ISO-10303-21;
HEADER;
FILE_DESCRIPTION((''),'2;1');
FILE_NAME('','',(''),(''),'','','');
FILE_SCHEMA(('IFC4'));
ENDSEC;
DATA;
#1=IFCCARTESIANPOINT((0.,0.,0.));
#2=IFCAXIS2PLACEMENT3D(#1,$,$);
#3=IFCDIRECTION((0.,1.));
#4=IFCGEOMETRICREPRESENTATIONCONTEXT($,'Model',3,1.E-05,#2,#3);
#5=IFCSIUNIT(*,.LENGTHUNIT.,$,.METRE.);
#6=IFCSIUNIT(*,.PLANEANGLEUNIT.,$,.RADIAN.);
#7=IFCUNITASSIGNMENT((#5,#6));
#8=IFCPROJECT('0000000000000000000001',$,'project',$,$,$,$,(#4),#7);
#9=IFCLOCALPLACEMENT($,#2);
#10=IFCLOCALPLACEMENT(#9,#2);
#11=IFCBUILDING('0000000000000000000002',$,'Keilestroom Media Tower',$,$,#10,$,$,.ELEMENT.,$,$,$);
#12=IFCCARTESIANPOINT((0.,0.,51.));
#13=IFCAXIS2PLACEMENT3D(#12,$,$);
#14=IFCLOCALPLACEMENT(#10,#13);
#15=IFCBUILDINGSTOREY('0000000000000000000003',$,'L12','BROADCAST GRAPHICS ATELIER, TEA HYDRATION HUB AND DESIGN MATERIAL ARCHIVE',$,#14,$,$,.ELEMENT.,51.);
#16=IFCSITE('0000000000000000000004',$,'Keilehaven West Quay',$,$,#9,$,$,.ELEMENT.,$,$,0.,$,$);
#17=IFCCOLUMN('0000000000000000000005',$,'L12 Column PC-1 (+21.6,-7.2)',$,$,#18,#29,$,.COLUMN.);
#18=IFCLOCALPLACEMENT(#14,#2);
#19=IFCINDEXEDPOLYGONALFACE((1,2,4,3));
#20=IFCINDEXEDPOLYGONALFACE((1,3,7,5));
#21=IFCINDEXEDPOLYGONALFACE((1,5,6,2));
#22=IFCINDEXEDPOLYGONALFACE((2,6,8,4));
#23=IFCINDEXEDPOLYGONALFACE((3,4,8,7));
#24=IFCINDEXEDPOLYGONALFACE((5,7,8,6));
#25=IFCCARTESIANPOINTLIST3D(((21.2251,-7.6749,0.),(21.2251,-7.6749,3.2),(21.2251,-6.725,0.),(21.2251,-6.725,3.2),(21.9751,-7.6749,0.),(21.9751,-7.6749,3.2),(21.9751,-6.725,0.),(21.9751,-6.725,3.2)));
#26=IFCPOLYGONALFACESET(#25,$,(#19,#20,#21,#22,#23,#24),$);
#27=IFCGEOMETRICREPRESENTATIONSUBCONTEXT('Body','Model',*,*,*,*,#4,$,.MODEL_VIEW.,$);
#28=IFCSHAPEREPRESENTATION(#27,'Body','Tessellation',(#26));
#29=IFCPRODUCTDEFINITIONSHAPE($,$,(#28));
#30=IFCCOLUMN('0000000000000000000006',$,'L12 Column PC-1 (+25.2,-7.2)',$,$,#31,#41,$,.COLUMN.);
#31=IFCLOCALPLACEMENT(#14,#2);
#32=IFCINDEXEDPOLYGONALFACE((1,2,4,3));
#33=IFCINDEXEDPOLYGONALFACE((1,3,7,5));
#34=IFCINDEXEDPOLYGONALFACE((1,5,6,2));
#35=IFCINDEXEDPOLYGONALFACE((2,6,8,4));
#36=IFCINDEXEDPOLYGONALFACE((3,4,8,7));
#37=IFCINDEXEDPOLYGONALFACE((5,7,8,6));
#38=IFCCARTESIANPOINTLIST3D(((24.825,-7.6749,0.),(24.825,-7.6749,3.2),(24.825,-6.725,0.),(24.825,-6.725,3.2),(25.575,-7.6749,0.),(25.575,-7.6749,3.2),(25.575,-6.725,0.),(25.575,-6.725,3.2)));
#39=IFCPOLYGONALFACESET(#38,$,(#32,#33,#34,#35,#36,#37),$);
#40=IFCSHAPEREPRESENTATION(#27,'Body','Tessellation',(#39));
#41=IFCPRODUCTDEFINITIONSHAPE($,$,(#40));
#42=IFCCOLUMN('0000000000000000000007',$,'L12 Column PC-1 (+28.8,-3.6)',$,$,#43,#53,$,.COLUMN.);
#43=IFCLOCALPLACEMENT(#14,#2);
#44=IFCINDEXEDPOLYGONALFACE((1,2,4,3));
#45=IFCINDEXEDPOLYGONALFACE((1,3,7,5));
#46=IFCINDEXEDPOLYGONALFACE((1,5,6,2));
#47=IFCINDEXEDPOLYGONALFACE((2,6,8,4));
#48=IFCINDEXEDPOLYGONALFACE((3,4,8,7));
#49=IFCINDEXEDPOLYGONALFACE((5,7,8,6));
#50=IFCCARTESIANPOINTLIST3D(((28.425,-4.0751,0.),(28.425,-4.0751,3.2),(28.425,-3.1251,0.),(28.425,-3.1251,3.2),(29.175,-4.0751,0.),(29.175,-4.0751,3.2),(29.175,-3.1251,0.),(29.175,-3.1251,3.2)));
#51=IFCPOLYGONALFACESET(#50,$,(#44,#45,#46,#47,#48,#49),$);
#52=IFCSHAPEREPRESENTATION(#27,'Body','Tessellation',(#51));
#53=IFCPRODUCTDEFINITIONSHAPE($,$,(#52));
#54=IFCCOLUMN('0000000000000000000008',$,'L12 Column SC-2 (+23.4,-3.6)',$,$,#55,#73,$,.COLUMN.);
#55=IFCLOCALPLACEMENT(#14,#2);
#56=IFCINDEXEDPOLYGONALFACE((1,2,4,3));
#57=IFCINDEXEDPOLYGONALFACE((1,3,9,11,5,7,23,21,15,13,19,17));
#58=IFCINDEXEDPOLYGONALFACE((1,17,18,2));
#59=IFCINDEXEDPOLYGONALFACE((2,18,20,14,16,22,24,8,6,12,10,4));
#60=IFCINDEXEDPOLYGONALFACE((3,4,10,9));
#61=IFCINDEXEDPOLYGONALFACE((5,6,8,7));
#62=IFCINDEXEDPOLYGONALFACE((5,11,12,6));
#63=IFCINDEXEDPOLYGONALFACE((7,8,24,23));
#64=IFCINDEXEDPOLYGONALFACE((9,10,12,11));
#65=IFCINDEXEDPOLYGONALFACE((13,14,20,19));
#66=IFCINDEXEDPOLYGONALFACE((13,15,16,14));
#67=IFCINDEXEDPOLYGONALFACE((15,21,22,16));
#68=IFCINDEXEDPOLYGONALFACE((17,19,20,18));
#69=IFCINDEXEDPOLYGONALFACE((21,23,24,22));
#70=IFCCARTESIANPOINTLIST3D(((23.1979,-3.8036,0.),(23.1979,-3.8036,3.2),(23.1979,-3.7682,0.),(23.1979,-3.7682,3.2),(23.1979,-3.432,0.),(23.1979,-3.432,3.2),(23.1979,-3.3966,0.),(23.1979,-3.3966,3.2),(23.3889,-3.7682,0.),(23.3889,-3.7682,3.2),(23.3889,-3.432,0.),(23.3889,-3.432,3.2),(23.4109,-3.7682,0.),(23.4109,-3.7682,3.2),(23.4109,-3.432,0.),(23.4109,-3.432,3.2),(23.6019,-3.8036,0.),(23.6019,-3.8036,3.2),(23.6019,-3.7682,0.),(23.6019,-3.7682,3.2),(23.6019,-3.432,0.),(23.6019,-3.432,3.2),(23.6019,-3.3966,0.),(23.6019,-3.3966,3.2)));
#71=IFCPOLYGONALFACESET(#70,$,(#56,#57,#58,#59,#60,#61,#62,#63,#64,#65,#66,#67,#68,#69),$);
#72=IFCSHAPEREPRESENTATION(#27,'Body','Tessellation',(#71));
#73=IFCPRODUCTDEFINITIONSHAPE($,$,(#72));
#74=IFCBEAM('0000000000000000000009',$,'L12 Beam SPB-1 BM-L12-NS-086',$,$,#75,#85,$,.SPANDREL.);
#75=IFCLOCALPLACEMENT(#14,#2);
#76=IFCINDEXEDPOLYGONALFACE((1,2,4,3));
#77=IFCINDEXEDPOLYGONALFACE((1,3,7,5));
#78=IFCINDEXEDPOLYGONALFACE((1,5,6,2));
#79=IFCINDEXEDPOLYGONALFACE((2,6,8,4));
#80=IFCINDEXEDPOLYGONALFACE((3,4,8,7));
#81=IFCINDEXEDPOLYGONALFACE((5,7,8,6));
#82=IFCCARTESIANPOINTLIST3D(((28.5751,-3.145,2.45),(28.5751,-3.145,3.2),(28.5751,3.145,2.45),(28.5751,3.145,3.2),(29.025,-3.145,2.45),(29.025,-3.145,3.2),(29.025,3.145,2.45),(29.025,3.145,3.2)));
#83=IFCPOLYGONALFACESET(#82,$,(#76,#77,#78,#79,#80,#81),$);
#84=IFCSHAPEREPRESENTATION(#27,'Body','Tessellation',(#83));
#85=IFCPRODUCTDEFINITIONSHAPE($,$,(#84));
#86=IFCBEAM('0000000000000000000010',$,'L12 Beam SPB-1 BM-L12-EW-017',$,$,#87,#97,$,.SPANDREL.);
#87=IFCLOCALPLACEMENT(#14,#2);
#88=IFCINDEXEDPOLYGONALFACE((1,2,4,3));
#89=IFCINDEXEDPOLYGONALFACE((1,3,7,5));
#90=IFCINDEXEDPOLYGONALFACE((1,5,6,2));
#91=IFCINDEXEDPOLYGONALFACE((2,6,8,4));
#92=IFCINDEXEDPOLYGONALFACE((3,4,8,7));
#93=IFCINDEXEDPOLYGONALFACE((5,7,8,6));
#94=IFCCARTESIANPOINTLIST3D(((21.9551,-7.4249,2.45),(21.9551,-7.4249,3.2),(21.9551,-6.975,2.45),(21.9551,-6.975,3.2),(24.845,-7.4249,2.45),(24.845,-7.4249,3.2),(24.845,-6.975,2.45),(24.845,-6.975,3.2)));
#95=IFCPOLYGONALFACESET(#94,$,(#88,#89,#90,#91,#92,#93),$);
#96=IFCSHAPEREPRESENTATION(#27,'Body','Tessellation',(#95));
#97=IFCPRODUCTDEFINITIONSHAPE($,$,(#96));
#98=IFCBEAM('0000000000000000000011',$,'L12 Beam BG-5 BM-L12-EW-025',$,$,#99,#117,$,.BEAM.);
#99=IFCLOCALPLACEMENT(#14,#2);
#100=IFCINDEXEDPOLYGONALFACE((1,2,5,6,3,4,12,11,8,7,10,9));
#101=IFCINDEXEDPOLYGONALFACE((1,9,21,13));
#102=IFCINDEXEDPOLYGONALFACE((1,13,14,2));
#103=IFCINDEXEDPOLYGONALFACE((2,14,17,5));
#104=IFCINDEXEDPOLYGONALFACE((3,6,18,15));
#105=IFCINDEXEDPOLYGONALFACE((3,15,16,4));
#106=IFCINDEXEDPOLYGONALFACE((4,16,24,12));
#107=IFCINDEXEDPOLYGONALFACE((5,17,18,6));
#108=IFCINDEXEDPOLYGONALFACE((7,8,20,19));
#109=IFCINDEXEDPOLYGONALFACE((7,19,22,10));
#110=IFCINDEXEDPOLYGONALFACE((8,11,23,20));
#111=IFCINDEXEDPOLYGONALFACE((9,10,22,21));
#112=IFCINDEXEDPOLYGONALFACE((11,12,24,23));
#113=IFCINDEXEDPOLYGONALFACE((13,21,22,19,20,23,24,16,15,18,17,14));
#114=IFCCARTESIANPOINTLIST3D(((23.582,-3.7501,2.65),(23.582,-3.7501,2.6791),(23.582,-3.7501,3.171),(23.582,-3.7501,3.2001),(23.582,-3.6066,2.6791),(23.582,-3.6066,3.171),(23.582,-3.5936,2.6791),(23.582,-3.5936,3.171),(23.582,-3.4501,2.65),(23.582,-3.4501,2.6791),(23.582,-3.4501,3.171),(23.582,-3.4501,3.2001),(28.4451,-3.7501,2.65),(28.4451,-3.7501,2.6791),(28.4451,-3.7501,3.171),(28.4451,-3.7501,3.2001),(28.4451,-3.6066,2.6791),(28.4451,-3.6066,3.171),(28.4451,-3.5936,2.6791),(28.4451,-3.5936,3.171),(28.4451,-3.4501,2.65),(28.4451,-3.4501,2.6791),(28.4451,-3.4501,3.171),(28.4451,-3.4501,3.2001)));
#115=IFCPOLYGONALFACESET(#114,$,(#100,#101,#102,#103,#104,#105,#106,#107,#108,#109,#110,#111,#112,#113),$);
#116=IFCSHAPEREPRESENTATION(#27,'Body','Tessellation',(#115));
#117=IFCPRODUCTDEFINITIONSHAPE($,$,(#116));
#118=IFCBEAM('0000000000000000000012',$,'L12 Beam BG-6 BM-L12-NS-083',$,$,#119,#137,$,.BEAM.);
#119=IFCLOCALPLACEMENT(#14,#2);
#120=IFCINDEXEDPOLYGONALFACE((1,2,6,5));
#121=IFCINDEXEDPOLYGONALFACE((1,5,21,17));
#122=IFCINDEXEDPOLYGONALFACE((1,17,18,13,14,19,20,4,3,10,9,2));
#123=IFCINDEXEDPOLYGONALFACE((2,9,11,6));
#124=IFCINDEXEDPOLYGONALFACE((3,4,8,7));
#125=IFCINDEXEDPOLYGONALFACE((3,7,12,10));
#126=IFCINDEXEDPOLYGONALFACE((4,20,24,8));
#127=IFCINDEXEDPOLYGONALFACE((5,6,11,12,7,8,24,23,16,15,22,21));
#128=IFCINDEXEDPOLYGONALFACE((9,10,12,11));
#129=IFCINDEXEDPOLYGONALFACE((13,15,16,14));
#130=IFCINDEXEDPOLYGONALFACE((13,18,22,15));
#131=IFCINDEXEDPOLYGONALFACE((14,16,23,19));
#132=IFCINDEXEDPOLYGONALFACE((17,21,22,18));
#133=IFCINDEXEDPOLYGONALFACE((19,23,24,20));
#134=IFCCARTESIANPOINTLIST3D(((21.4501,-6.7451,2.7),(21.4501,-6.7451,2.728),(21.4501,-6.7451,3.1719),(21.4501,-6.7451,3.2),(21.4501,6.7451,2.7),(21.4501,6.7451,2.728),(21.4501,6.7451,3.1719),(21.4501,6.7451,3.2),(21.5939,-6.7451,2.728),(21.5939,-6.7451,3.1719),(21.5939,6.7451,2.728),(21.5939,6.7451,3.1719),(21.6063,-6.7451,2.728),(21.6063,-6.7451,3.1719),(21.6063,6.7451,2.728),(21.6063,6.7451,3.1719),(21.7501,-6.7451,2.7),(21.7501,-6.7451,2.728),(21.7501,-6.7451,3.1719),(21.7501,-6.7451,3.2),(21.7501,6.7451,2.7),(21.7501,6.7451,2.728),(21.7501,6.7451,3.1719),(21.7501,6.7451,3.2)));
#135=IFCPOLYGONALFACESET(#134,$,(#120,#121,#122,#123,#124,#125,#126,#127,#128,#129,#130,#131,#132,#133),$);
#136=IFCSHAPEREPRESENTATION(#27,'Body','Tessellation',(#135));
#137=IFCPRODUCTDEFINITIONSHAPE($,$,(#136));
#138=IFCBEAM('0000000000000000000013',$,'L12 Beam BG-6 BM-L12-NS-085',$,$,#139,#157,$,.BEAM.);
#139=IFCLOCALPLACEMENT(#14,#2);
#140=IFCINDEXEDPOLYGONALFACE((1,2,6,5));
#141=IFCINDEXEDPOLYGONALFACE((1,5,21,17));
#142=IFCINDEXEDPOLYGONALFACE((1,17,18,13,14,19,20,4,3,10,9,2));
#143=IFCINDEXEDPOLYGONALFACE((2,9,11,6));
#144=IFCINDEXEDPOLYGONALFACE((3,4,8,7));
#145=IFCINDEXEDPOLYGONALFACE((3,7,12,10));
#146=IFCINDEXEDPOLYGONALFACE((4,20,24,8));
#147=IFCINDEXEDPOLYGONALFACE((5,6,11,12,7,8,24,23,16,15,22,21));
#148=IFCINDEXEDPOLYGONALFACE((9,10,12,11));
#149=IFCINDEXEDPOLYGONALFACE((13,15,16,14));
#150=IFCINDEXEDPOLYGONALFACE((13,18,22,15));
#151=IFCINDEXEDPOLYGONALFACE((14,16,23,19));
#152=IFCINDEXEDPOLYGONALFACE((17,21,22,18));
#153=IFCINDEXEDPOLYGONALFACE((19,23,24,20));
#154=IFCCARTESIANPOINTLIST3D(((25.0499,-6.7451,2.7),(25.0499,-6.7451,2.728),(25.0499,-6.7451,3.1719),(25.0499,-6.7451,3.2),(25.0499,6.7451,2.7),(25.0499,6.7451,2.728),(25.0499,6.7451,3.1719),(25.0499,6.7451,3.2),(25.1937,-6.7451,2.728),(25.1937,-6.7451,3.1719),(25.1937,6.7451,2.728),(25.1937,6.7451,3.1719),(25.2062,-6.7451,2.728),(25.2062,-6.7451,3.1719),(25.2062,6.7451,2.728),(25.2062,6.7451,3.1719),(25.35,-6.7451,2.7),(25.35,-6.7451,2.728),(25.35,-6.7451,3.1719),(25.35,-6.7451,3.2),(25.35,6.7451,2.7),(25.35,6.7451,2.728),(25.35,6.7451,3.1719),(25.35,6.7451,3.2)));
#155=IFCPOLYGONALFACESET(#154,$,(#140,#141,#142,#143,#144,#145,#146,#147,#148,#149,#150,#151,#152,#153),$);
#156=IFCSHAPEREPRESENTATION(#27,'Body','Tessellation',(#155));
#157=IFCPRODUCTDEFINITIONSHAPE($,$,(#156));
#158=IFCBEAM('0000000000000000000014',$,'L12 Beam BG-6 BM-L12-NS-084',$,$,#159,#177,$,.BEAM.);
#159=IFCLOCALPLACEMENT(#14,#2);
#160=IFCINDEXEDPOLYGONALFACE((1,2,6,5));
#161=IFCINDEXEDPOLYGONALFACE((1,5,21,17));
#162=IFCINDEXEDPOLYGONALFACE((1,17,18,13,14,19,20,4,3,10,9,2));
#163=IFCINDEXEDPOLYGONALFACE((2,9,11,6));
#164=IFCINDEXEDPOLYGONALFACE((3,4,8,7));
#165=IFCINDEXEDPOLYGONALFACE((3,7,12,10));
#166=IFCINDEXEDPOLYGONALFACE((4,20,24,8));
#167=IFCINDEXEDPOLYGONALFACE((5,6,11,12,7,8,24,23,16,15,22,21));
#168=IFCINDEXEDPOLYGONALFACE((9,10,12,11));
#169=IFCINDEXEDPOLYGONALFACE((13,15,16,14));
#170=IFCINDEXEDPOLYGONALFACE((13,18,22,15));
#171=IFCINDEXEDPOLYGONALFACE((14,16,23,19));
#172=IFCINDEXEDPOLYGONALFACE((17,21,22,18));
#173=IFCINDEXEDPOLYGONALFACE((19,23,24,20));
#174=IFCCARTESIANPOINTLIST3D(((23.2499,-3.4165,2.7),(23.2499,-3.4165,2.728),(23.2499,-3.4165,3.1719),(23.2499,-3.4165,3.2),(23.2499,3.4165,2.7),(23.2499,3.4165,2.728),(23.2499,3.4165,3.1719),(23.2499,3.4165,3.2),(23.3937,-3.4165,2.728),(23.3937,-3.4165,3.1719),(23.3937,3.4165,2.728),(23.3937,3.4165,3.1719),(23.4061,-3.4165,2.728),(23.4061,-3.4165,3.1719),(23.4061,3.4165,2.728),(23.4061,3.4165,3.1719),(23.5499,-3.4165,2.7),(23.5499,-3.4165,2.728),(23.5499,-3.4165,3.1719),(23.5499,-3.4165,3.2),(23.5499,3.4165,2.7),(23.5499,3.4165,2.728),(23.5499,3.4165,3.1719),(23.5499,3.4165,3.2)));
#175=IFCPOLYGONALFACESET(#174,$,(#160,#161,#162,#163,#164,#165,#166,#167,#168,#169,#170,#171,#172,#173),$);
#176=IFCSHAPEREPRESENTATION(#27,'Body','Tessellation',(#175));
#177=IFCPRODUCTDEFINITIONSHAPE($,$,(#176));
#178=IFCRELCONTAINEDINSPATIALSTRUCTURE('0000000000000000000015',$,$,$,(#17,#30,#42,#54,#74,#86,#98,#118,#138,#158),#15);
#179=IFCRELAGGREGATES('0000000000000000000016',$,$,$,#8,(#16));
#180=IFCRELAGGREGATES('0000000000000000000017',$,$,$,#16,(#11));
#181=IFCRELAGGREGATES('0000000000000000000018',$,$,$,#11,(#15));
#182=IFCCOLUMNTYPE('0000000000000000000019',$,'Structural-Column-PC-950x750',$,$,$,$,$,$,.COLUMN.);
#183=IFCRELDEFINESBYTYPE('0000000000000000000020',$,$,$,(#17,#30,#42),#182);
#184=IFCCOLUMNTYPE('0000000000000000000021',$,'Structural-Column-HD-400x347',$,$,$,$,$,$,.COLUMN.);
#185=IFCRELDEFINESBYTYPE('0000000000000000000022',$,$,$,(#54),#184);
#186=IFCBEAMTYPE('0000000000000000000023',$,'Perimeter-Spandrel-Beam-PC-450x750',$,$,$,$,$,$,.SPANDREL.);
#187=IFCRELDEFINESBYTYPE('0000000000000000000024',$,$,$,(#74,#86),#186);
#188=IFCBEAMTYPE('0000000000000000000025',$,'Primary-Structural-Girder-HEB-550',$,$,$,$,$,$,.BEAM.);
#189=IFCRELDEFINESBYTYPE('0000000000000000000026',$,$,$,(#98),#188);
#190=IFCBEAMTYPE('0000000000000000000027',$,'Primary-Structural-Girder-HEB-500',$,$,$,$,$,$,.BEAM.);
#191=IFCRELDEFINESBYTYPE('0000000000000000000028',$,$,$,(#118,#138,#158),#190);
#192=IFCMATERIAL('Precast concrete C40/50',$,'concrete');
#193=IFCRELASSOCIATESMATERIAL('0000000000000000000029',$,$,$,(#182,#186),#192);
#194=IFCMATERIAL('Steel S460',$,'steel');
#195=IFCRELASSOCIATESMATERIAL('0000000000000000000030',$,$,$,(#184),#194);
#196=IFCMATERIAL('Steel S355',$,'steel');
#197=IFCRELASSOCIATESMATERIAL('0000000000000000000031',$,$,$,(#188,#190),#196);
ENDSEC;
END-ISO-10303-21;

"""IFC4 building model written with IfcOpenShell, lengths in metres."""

from ifc_helpers import new_model, si_unit, direction, frame, origin, origin_2d, place, context, subcontext, project, spatial, rectangle, i_section, extrude, source, transform, mapped, material, material_profile, profile_set, type_object, element, save


model = new_model("IFC4")

# Units and contexts
model_context = context("Model", 3, precision=1e-05, world=origin(), true_north=direction((0.0, 1.0)))
body_context = subcontext(model_context, "Body", "Model", "MODEL_VIEW")
ifc_project = project(units=[si_unit("LENGTHUNIT", "METRE"), si_unit("PLANEANGLEUNIT", "RADIAN")], contexts=[model_context])

# Site, building, storey
site_placement = place(None, origin())
site = spatial("IfcSite", under=ifc_project, at=site_placement, Name="Keilehaven West Quay", CompositionType="ELEMENT", RefElevation=0.0)
building_placement = place(site_placement, origin())
building = spatial("IfcBuilding", under=site, at=building_placement, Name="Keilestroom Media Tower", CompositionType="ELEMENT")
storey_placement = place(building_placement, frame((0.0, 0.0, 51.0)))
storey = spatial("IfcBuildingStorey", under=building, at=storey_placement, Name="L12", Description="BROADCAST GRAPHICS ATELIER, TEA HYDRATION HUB AND DESIGN MATERIAL ARCHIVE", CompositionType="ELEMENT", Elevation=51.0)

# Columns
ifc_material_1 = material(Name="Precast concrete C40/50", Category="concrete")
ifc_material_profile_1 = material_profile(ifc_material_1, rectangle(XDim=0.75, YDim=0.95, at=origin_2d()), Name="PC 950x750")
ifc_profile_set_1 = profile_set([ifc_material_profile_1], Name="Precast concrete C40/50")
column_type_1 = type_object("IfcColumnType", Name="Structural-Column-PC-950x750", PredefinedType="COLUMN", material=ifc_profile_set_1)
shared_shape_1 = source(origin(), body_context, "Body", "SweptSolid", [
    extrude(rectangle(XDim=0.75, YDim=0.95, at=origin_2d()), origin(), (0.0, 0.0, 1.0), 3.2),
])
for number, where, z_axis, x_axis, name in (
    (1, (21.6001, -7.2, 0.0), (0.0, 0.0, 1.0), (1.0, 0.0, 0.0), "L12 Column PC-1 (+21.6,-7.2)"),
    (2, (25.2, -7.2, 0.0), (0.0, 0.0, 1.0), (1.0, 0.0, 0.0), "L12 Column PC-1 (+25.2,-7.2)"),
    (3, (28.8, -3.6001, 0.0), (0.0, 0.0, 1.0), (1.0, 0.0, 0.0), "L12 Column PC-1 (+28.8,-3.6)"),
):
    element("IfcColumn", number, at=place(storey_placement, frame(where, z_axis=z_axis, x_axis=x_axis)), inside=storey, type_object=column_type_1, Name=name, PredefinedType="COLUMN", context=body_context, shape_type="MappedRepresentation", body=[
        mapped(shared_shape_1, transform((0.0, 0.0, 0.0), x_axis=(1.0, 0.0, 0.0), y_axis=(0.0, 1.0, 0.0), z_axis=(0.0, 0.0, 1.0), scale=1.0)),
    ])
ifc_material_2 = material(Name="Steel S460", Category="steel")
ifc_material_profile_2 = material_profile(ifc_material_2, i_section(OverallWidth=0.4041, OverallDepth=0.407, WebThickness=0.022, FlangeThickness=0.0354, at=origin_2d()), Name="HD 400x347")
ifc_profile_set_2 = profile_set([ifc_material_profile_2], Name="Steel S460")
column_type_2 = type_object("IfcColumnType", Name="Structural-Column-HD-400x347", PredefinedType="COLUMN", material=ifc_profile_set_2)
shared_shape_2 = source(origin(), body_context, "Body", "SweptSolid", [
    extrude(i_section(OverallWidth=0.4041, OverallDepth=0.407, WebThickness=0.022, FlangeThickness=0.0354, at=origin_2d()), origin(), (0.0, 0.0, 1.0), 3.2),
])
column_placement = place(storey_placement, frame((23.3999, -3.6001, 0.0), z_axis=(0.0, 0.0, 1.0), x_axis=(1.0, 0.0, 0.0)))
element("IfcColumn", 4, at=column_placement, inside=storey, type_object=column_type_2, Name="L12 Column SC-2 (+23.4,-3.6)", PredefinedType="COLUMN", context=body_context, shape_type="MappedRepresentation", body=[
    mapped(shared_shape_2, transform((0.0, 0.0, 0.0), x_axis=(1.0, 0.0, 0.0), y_axis=(0.0, 1.0, 0.0), z_axis=(0.0, 0.0, 1.0), scale=1.0)),
])

# Beams
ifc_material_profile_3 = material_profile(ifc_material_1, rectangle(XDim=0.45, YDim=0.75, at=origin_2d()), Name="PC 450x750")
ifc_profile_set_3 = profile_set([ifc_material_profile_3], Name="Precast concrete C40/50")
beam_type_1 = type_object("IfcBeamType", Name="Perimeter-Spandrel-Beam-PC-450x750", PredefinedType="SPANDREL", material=ifc_profile_set_3)
shared_shape_3 = source(origin(), body_context, "Body", "SweptSolid", [
    extrude(rectangle(XDim=0.45, YDim=0.75, at=origin_2d()), origin(), (0.0, 0.0, 1.0), 6.29),
])
beam_1_placement = place(storey_placement, frame((28.8, -3.145, 2.825), z_axis=(0.0, 1.0, 0.0), x_axis=(-1.0, 0.0, 0.0)))
element("IfcBeam", 5, at=beam_1_placement, inside=storey, type_object=beam_type_1, Name="L12 Beam SPB-1 BM-L12-NS-086", PredefinedType="SPANDREL", context=body_context, shape_type="MappedRepresentation", body=[
    mapped(shared_shape_3, transform((0.0, 0.0, 0.0), x_axis=(1.0, 0.0, 0.0), y_axis=(0.0, 1.0, 0.0), z_axis=(0.0, 0.0, 1.0), scale=1.0)),
])
shared_shape_4 = source(origin(), body_context, "Body", "SweptSolid", [
    extrude(rectangle(XDim=0.45, YDim=0.75, at=origin_2d()), origin(), (0.0, 0.0, 1.0), 2.8899),
])
beam_2_placement = place(storey_placement, frame((21.9551, -7.2, 2.825), z_axis=(1.0, 0.0, 0.0), x_axis=(0.0, 1.0, 0.0)))
element("IfcBeam", 6, at=beam_2_placement, inside=storey, type_object=beam_type_1, Name="L12 Beam SPB-1 BM-L12-EW-017", PredefinedType="SPANDREL", context=body_context, shape_type="MappedRepresentation", body=[
    mapped(shared_shape_4, transform((0.0, 0.0, 0.0), x_axis=(1.0, 0.0, 0.0), y_axis=(0.0, 1.0, 0.0), z_axis=(0.0, 0.0, 1.0), scale=1.0)),
])
ifc_material_3 = material(Name="Steel S355", Category="steel")
ifc_material_profile_4 = material_profile(ifc_material_3, i_section(OverallWidth=0.3, OverallDepth=0.55, WebThickness=0.0129, FlangeThickness=0.0291, at=origin_2d()), Name="HEB 550")
ifc_profile_set_4 = profile_set([ifc_material_profile_4], Name="Steel S355")
beam_type_2 = type_object("IfcBeamType", Name="Primary-Structural-Girder-HEB-550", PredefinedType="BEAM", material=ifc_profile_set_4)
shared_shape_5 = source(origin(), body_context, "Body", "SweptSolid", [
    extrude(i_section(OverallWidth=0.3, OverallDepth=0.55, WebThickness=0.0129, FlangeThickness=0.0291, at=origin_2d()), origin(), (0.0, 0.0, 1.0), 4.863),
])
beam_3_placement = place(storey_placement, frame((23.582, -3.6001, 2.925), z_axis=(1.0, 0.0, 0.0), x_axis=(0.0, 1.0, 0.0)))
element("IfcBeam", 7, at=beam_3_placement, inside=storey, type_object=beam_type_2, Name="L12 Beam BG-5 BM-L12-EW-025", PredefinedType="BEAM", context=body_context, shape_type="MappedRepresentation", body=[
    mapped(shared_shape_5, transform((0.0, 0.0, 0.0), x_axis=(1.0, 0.0, 0.0), y_axis=(0.0, 1.0, 0.0), z_axis=(0.0, 0.0, 1.0), scale=1.0)),
])
ifc_material_profile_5 = material_profile(ifc_material_3, i_section(OverallWidth=0.3, OverallDepth=0.5, WebThickness=0.0125, FlangeThickness=0.0281, at=origin_2d()), Name="HEB 500")
ifc_profile_set_5 = profile_set([ifc_material_profile_5], Name="Steel S355")
beam_type_3 = type_object("IfcBeamType", Name="Primary-Structural-Girder-HEB-500", PredefinedType="BEAM", material=ifc_profile_set_5)
shared_shape_6 = source(origin(), body_context, "Body", "SweptSolid", [
    extrude(i_section(OverallWidth=0.3, OverallDepth=0.5, WebThickness=0.0125, FlangeThickness=0.0281, at=origin_2d()), origin(), (0.0, 0.0, 1.0), 13.4902),
])
for number, where, z_axis, x_axis, name in (
    (8, (21.6001, -6.7451, 2.95), (0.0, 1.0, 0.0), (-1.0, 0.0, 0.0), "L12 Beam BG-6 BM-L12-NS-083"),
    (9, (25.2, -6.7451, 2.95), (0.0, 1.0, 0.0), (-1.0, 0.0, 0.0), "L12 Beam BG-6 BM-L12-NS-085"),
):
    element("IfcBeam", number, at=place(storey_placement, frame(where, z_axis=z_axis, x_axis=x_axis)), inside=storey, type_object=beam_type_3, Name=name, PredefinedType="BEAM", context=body_context, shape_type="MappedRepresentation", body=[
        mapped(shared_shape_6, transform((0.0, 0.0, 0.0), x_axis=(1.0, 0.0, 0.0), y_axis=(0.0, 1.0, 0.0), z_axis=(0.0, 0.0, 1.0), scale=1.0)),
    ])
shared_shape_7 = source(origin(), body_context, "Body", "SweptSolid", [
    extrude(i_section(OverallWidth=0.3, OverallDepth=0.5, WebThickness=0.0125, FlangeThickness=0.0281, at=origin_2d()), origin(), (0.0, 0.0, 1.0), 6.833),
])
beam_4_placement = place(storey_placement, frame((23.3999, -3.4165, 2.95), z_axis=(0.0, 1.0, 0.0), x_axis=(-1.0, 0.0, 0.0)))
element("IfcBeam", 10, at=beam_4_placement, inside=storey, type_object=beam_type_3, Name="L12 Beam BG-6 BM-L12-NS-084", PredefinedType="BEAM", context=body_context, shape_type="MappedRepresentation", body=[
    mapped(shared_shape_7, transform((0.0, 0.0, 0.0), x_axis=(1.0, 0.0, 0.0), y_axis=(0.0, 1.0, 0.0), z_axis=(0.0, 0.0, 1.0), scale=1.0)),
])

save(model, "model.ifc")
